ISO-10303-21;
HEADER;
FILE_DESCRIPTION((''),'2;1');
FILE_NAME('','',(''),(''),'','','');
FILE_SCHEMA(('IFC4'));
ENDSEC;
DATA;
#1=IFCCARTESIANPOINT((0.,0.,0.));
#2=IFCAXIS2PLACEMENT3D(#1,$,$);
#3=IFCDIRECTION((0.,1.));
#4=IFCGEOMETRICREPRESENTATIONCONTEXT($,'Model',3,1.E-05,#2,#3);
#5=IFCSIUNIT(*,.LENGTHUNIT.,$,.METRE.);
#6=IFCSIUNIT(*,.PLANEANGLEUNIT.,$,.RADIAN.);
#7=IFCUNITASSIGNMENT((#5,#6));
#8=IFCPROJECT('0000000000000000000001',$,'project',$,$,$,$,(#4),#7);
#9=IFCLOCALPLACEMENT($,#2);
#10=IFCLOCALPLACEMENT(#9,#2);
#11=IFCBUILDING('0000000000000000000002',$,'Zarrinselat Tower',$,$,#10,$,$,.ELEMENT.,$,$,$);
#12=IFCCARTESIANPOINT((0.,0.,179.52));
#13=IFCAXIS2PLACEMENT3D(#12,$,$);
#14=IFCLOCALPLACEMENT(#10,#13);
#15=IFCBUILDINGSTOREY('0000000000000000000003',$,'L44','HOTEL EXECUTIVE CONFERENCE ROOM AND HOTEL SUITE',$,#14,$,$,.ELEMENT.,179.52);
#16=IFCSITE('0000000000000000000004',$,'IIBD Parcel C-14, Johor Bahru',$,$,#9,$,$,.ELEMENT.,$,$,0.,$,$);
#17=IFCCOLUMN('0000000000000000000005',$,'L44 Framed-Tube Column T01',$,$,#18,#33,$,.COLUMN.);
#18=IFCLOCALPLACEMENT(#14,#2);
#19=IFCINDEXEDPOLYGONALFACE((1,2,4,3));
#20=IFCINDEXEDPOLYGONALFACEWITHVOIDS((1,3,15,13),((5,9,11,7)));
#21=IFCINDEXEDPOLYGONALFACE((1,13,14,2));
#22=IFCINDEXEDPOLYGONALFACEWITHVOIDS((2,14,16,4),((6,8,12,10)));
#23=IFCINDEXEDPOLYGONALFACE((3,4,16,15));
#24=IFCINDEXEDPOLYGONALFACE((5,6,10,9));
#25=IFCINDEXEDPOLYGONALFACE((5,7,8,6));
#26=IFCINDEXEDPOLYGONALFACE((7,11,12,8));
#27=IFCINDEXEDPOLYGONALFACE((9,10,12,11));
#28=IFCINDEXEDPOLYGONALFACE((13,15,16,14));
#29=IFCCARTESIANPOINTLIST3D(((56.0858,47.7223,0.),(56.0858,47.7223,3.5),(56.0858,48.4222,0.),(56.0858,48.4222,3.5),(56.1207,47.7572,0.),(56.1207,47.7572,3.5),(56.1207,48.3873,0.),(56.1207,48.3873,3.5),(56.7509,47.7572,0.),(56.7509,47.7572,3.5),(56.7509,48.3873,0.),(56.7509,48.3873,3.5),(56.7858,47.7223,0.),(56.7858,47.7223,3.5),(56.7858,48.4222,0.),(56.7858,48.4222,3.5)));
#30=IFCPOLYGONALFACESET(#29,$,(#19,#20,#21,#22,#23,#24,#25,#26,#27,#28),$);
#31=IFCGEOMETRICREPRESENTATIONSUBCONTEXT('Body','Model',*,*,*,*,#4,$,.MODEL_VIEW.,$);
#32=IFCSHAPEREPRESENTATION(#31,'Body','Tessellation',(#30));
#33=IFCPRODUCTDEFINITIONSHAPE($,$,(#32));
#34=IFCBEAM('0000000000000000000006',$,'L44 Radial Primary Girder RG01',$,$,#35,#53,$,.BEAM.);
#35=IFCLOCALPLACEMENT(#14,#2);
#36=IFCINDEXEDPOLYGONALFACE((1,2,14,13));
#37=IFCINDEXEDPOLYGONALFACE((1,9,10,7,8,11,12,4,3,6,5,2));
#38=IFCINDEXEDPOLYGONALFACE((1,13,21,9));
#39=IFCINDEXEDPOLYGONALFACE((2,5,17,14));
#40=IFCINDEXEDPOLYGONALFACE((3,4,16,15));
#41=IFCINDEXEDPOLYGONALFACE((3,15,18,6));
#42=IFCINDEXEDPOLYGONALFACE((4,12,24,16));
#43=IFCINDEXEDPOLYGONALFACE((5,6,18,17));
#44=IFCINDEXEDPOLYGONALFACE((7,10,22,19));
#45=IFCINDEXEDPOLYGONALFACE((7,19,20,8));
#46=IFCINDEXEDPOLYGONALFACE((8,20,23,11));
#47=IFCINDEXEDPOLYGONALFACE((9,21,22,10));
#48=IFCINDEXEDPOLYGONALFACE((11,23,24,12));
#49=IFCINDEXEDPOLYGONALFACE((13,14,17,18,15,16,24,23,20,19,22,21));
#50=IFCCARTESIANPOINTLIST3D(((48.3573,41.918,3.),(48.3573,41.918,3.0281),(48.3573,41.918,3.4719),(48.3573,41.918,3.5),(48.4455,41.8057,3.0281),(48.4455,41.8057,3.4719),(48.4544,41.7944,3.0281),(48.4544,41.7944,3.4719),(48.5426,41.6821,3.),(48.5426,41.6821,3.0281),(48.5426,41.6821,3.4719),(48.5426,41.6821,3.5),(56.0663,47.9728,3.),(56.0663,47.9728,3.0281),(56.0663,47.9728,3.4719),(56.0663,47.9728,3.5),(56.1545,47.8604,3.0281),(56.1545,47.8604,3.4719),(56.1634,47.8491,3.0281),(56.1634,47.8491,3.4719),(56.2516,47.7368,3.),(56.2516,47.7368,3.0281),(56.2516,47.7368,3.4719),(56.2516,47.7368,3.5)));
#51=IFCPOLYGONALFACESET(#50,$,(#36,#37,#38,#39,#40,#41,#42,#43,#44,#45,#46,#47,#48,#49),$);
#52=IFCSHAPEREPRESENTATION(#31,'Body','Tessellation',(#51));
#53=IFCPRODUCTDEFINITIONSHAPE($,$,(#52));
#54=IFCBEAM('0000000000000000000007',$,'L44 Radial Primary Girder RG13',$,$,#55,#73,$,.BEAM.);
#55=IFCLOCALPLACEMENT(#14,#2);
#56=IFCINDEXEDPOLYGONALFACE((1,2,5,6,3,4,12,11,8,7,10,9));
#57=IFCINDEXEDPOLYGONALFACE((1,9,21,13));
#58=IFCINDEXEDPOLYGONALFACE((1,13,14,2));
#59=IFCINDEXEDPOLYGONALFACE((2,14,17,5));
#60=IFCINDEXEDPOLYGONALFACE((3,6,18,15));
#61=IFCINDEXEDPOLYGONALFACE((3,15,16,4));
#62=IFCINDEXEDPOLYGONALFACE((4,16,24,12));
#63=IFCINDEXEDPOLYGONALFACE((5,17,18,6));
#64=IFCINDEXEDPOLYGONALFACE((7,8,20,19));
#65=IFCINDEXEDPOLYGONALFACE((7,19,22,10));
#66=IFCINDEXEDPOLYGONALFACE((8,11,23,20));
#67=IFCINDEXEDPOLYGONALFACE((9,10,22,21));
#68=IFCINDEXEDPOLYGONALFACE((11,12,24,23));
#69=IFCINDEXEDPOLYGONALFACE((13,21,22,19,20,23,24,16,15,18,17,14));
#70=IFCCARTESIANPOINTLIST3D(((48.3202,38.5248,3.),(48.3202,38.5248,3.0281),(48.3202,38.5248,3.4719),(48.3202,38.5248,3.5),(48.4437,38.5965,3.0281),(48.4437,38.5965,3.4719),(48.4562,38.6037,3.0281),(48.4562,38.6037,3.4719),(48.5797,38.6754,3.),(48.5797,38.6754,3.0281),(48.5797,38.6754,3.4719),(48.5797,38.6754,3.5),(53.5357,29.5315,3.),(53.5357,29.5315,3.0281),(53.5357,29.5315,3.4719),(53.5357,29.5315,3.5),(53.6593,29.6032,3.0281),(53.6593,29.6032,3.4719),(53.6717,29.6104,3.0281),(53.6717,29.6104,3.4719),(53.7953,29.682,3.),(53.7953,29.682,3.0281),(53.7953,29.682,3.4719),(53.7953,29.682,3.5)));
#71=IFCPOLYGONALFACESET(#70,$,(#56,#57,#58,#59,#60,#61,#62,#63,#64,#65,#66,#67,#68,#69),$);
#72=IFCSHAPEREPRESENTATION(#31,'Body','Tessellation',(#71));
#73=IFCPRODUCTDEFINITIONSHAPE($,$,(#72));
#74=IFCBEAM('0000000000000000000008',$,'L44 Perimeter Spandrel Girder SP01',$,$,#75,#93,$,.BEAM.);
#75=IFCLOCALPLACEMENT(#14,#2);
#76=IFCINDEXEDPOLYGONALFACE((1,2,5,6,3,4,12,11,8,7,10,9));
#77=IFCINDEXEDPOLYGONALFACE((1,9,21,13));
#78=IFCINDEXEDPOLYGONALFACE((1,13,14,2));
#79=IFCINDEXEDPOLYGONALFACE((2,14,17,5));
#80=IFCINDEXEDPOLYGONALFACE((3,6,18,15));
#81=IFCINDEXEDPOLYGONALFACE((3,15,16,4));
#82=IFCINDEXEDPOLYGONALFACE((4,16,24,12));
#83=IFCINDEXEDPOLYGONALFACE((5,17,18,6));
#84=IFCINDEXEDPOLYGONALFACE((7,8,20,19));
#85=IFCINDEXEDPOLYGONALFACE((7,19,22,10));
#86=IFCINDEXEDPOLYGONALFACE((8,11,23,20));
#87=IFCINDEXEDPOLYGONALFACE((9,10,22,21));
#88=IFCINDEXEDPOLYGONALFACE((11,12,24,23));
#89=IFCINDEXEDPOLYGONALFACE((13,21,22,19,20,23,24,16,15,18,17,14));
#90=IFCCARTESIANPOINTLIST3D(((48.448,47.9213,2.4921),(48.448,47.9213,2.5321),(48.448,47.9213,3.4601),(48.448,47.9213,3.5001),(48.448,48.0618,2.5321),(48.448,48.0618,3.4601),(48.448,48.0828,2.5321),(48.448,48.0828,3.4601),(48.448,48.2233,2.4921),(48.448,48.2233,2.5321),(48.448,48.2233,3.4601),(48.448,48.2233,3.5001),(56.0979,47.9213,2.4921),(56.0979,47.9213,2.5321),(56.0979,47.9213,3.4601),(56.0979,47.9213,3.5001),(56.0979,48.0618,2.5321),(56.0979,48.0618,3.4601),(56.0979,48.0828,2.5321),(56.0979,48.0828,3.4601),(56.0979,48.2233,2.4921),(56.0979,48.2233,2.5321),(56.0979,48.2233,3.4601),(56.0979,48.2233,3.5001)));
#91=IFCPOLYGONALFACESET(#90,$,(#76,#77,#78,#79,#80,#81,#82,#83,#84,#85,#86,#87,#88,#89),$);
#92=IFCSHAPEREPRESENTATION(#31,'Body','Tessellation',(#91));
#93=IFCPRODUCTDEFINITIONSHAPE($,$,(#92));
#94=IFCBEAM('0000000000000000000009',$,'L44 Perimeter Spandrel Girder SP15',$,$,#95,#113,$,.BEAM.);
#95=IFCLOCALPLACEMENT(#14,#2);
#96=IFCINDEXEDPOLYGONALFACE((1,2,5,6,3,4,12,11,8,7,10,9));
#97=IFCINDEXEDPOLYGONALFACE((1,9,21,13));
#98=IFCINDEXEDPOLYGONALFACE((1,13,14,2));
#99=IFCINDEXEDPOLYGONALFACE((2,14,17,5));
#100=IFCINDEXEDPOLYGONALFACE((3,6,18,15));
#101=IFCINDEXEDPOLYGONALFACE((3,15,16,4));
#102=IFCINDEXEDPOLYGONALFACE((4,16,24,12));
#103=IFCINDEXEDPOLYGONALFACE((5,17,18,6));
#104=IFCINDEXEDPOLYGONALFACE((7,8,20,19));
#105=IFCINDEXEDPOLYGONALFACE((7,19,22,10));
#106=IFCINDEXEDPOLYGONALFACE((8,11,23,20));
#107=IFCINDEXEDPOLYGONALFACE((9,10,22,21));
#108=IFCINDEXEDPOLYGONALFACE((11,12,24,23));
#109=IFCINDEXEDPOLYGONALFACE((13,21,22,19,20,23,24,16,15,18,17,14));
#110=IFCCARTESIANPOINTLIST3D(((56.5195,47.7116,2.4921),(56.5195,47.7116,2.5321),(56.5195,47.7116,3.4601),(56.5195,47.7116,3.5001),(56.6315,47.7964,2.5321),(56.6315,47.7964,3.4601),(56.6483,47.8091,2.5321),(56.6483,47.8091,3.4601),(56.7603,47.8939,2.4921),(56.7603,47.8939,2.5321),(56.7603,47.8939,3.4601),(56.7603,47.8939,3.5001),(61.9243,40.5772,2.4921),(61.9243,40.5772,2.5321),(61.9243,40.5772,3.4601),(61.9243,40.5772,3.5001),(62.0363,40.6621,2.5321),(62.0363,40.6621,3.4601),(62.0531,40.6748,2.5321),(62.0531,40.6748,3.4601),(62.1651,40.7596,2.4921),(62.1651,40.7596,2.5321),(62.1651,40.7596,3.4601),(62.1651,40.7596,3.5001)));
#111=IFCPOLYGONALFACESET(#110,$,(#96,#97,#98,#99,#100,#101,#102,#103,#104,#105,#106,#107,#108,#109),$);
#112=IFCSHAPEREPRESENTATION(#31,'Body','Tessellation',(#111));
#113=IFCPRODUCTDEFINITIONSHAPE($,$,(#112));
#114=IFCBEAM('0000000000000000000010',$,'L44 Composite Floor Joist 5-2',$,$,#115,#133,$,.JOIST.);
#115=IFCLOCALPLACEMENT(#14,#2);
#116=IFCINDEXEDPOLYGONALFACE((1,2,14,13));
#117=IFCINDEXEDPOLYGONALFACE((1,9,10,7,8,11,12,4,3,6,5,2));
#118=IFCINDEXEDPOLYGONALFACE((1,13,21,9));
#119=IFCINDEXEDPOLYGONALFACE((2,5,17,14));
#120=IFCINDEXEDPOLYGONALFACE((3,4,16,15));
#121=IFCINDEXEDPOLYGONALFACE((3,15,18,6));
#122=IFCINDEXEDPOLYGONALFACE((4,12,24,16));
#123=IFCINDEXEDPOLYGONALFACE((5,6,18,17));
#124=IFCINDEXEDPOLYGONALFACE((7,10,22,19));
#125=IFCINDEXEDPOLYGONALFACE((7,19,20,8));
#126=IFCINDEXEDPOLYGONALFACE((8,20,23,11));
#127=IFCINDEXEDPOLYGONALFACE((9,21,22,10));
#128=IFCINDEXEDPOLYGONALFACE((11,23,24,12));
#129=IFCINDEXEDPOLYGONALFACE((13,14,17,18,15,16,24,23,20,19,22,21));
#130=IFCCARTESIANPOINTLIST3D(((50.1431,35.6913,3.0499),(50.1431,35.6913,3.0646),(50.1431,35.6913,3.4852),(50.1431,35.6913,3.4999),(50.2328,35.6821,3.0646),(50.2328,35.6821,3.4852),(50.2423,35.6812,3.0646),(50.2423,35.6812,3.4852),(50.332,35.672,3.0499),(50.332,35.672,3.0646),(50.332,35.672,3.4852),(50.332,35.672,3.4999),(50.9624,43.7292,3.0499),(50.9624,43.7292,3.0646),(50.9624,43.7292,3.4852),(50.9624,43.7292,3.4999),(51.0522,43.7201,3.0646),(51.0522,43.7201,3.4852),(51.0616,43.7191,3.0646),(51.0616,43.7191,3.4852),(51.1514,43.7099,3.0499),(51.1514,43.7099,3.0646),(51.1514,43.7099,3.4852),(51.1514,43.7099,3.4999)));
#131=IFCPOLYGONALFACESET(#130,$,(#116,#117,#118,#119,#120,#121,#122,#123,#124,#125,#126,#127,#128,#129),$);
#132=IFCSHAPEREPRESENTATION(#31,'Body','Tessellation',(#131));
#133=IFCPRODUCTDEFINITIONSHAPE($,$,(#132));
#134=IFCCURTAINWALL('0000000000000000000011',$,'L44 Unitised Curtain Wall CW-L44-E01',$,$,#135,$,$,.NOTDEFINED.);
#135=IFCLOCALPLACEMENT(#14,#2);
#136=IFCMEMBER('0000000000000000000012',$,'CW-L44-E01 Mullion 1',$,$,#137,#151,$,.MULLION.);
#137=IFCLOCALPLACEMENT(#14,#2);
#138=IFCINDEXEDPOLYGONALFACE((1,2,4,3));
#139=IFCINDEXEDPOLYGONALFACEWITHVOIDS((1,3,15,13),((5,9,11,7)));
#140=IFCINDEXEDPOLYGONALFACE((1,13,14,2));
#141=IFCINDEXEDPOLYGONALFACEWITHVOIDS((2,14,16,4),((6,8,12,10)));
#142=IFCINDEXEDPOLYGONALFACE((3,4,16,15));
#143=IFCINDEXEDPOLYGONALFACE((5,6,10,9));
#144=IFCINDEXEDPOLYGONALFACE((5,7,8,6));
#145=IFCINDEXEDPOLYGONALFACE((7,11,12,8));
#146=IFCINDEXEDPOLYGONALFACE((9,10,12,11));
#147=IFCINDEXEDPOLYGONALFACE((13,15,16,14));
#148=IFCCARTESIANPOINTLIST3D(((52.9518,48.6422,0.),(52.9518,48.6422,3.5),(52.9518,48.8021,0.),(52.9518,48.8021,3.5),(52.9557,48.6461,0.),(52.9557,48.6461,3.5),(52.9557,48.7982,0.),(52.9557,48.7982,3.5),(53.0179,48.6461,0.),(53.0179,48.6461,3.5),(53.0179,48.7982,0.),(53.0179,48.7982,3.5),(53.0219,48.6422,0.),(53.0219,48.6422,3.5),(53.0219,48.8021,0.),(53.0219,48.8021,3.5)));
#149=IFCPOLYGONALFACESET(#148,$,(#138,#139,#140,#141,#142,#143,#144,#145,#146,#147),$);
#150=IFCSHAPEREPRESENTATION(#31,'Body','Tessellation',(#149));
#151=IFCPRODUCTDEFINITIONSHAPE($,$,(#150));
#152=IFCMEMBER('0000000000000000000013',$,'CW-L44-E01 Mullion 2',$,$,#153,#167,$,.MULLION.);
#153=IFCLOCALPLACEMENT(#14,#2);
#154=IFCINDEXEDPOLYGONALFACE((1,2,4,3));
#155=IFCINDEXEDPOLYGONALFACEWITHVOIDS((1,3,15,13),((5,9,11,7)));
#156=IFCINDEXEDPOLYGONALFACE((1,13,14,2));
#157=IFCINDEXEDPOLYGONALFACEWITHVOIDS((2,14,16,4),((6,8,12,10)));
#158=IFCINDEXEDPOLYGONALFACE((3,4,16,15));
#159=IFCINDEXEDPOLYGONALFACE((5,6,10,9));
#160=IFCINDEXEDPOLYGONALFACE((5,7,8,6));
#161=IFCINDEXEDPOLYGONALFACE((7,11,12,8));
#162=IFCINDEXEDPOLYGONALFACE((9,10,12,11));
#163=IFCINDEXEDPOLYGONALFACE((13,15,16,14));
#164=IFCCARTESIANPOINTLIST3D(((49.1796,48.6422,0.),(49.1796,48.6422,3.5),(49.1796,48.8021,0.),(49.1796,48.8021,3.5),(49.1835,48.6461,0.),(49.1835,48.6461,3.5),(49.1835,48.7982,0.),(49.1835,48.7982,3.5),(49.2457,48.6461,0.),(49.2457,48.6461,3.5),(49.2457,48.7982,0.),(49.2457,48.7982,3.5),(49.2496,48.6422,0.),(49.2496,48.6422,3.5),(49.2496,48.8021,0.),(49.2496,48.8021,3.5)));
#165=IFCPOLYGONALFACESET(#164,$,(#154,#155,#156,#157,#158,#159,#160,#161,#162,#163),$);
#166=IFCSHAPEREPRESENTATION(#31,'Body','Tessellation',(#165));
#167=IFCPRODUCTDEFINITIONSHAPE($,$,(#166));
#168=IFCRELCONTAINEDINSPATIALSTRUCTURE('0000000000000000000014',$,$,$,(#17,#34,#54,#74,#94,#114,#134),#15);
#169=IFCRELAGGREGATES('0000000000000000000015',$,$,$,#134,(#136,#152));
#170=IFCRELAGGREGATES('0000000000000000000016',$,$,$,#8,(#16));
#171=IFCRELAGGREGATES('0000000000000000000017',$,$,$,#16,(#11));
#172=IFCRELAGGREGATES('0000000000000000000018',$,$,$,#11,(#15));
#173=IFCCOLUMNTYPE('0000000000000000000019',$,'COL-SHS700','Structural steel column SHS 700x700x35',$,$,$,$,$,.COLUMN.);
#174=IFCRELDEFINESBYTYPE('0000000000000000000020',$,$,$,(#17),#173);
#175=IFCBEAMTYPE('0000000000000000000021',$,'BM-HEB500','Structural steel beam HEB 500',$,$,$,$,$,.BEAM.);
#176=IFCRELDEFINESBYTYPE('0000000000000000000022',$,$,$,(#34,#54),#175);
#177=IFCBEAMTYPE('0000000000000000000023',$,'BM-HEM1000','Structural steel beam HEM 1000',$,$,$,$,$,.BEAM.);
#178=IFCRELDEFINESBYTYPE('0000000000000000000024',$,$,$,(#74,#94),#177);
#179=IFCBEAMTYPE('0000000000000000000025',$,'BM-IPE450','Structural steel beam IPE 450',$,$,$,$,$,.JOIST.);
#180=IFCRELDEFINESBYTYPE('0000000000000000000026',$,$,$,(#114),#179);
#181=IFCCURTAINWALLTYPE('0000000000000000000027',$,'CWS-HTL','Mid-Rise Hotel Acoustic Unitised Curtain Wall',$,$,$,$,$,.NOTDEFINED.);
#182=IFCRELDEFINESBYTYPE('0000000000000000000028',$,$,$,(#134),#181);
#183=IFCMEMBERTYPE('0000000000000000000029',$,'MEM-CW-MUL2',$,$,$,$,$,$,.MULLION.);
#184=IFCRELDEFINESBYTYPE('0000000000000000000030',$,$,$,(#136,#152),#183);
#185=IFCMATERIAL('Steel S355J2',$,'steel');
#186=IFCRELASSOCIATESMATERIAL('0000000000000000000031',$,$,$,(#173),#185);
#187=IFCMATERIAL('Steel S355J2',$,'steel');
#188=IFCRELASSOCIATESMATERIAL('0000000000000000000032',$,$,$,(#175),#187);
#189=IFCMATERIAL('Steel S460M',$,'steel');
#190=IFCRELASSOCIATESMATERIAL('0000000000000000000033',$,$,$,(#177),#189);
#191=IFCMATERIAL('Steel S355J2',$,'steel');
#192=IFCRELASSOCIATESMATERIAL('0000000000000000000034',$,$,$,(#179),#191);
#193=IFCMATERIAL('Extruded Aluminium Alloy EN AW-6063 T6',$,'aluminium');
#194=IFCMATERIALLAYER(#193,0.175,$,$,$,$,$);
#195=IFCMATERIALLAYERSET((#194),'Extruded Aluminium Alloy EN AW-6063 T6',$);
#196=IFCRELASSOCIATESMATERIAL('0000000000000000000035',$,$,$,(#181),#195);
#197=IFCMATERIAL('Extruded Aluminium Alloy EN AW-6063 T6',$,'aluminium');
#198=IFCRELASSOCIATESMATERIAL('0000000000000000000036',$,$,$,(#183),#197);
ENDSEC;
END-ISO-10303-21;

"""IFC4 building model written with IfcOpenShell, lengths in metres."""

from ifc_helpers import new_model, si_unit, direction, frame, origin, origin_2d, place, context, subcontext, project, spatial, hollow_rectangle, i_section, extrude, material, layer, layer_set, material_profile, profile_set, type_object, element, aggregate, save


model = new_model("IFC4")

# Units and contexts
model_context = context("Model", 3, precision=1e-05, world=origin(), true_north=direction((0.0, 1.0)))
body_context = subcontext(model_context, "Body", "Model", "MODEL_VIEW")
ifc_project = project(units=[si_unit("LENGTHUNIT", "METRE"), si_unit("PLANEANGLEUNIT", "RADIAN")], contexts=[model_context])

# Site, building, storey
site_placement = place(None, origin())
site = spatial("IfcSite", under=ifc_project, at=site_placement, Name="IIBD Parcel C-14, Johor Bahru", CompositionType="ELEMENT", RefElevation=0.0)
building_placement = place(site_placement, origin())
building = spatial("IfcBuilding", under=site, at=building_placement, Name="Zarrinselat Tower", CompositionType="ELEMENT")
storey_placement = place(building_placement, frame((0.0, 0.0, 179.52)))
storey = spatial("IfcBuildingStorey", under=building, at=storey_placement, Name="L44", Description="HOTEL EXECUTIVE CONFERENCE ROOM AND HOTEL SUITE", CompositionType="ELEMENT", Elevation=179.52)

# Column
ifc_material_1 = material(Name="Steel S355J2", Category="steel")
ifc_material_profile_1 = material_profile(ifc_material_1, hollow_rectangle(XDim=0.7, YDim=0.7, WallThickness=0.0349, at=origin_2d()), Name="SHS 700x700x35")
ifc_profile_set_1 = profile_set([ifc_material_profile_1], Name="Steel S355J2")
column_type = type_object("IfcColumnType", Name="COL-SHS700", Description="Structural steel column SHS 700x700x35", PredefinedType="COLUMN", material=ifc_profile_set_1)
column_placement = place(storey_placement, frame((56.4358, 48.0723, 0.0), z_axis=(0.0, 0.0, 1.0), x_axis=(1.0, 0.0, 0.0)))
element("IfcColumn", 1, at=column_placement, inside=storey, type_object=column_type, Name="L44 Framed-Tube Column T01", PredefinedType="COLUMN", context=body_context, shape_type="SweptSolid", body=[
    extrude(hollow_rectangle(XDim=0.7, YDim=0.7, WallThickness=0.0349, at=origin_2d()), origin(), (0.0, 0.0, 1.0), 3.5),
])

# Beams
ifc_material_2 = material(Name="Steel S355J2", Category="steel")
ifc_material_profile_2 = material_profile(ifc_material_2, i_section(OverallWidth=0.3, OverallDepth=0.5, WebThickness=0.0144, FlangeThickness=0.0281, at=origin_2d()), Name="HEB 500")
ifc_profile_set_2 = profile_set([ifc_material_profile_2], Name="Steel S355J2")
beam_type_1 = type_object("IfcBeamType", Name="BM-HEB500", Description="Structural steel beam HEB 500", PredefinedType="BEAM", material=ifc_profile_set_2)
beam_1_placement = place(storey_placement, frame((48.45, 41.8, 3.25), z_axis=(0.786436, 0.617672, 0.0), x_axis=(-0.617672, 0.786436, 0.0)))
element("IfcBeam", 2, at=beam_1_placement, inside=storey, type_object=beam_type_1, Name="L44 Radial Primary Girder RG01", PredefinedType="BEAM", context=body_context, shape_type="SweptSolid", body=[
    extrude(i_section(OverallWidth=0.3, OverallDepth=0.5, WebThickness=0.0144, FlangeThickness=0.0281, at=origin_2d()), origin(), (0.0, 0.0, 1.0), 9.8025),
])
beam_2_placement = place(storey_placement, frame((48.45, 38.6001, 3.25), z_axis=(0.501675, -0.865056, 0.0), x_axis=(0.865056, 0.501675, 0.0)))
element("IfcBeam", 3, at=beam_2_placement, inside=storey, type_object=beam_type_1, Name="L44 Radial Primary Girder RG13", PredefinedType="BEAM", context=body_context, shape_type="SweptSolid", body=[
    extrude(i_section(OverallWidth=0.3, OverallDepth=0.5, WebThickness=0.0144, FlangeThickness=0.0281, at=origin_2d()), origin(), (0.0, 0.0, 1.0), 10.3962),
])
ifc_material_3 = material(Name="Steel S460M", Category="steel")
ifc_material_profile_3 = material_profile(ifc_material_3, i_section(OverallWidth=0.302, OverallDepth=1.0081, WebThickness=0.021, FlangeThickness=0.04, at=origin_2d()), Name="HEM 1000")
ifc_profile_set_3 = profile_set([ifc_material_profile_3], Name="Steel S460M")
beam_type_2 = type_object("IfcBeamType", Name="BM-HEM1000", Description="Structural steel beam HEM 1000", PredefinedType="BEAM", material=ifc_profile_set_3)
beam_3_placement = place(storey_placement, frame((48.448, 48.0723, 2.9961), z_axis=(1.0, 0.0, 0.0), x_axis=(0.0, 1.0, 0.0)))
element("IfcBeam", 4, at=beam_3_placement, inside=storey, type_object=beam_type_2, Name="L44 Perimeter Spandrel Girder SP01", PredefinedType="BEAM", context=body_context, shape_type="SweptSolid", body=[
    extrude(i_section(OverallWidth=0.302, OverallDepth=1.0081, WebThickness=0.021, FlangeThickness=0.04, at=origin_2d()), origin(), (0.0, 0.0, 1.0), 7.6499),
])
beam_4_placement = place(storey_placement, frame((56.6399, 47.8027, 2.9961), z_axis=(0.60386, -0.797091, 0.0), x_axis=(0.797091, 0.60386, 0.0)))
element("IfcBeam", 5, at=beam_4_placement, inside=storey, type_object=beam_type_2, Name="L44 Perimeter Spandrel Girder SP15", PredefinedType="BEAM", context=body_context, shape_type="SweptSolid", body=[
    extrude(i_section(OverallWidth=0.302, OverallDepth=1.0081, WebThickness=0.021, FlangeThickness=0.04, at=origin_2d()), origin(), (0.0, 0.0, 1.0), 8.9504),
])
ifc_material_4 = material(Name="Steel S355J2", Category="steel")
ifc_material_profile_4 = material_profile(ifc_material_4, i_section(OverallWidth=0.1899, OverallDepth=0.45, WebThickness=0.0095, FlangeThickness=0.0146, at=origin_2d()), Name="IPE 450")
ifc_profile_set_4 = profile_set([ifc_material_profile_4], Name="Steel S355J2")
beam_type_3 = type_object("IfcBeamType", Name="BM-IPE450", Description="Structural steel beam IPE 450", PredefinedType="JOIST", material=ifc_profile_set_4)
beam_5_placement = place(storey_placement, frame((50.2375, 35.6816, 3.2749), z_axis=(0.101409, 0.994845, 0.0), x_axis=(-0.994845, 0.101409, 0.0)))
element("IfcBeam", 6, at=beam_5_placement, inside=storey, type_object=beam_type_3, Name="L44 Composite Floor Joist 5-2", PredefinedType="JOIST", context=body_context, shape_type="SweptSolid", body=[
    extrude(i_section(OverallWidth=0.1899, OverallDepth=0.45, WebThickness=0.0095, FlangeThickness=0.0146, at=origin_2d()), origin(), (0.0, 0.0, 1.0), 8.0796),
])

# Curtain wall, members
ifc_material_5 = material(Name="Extruded Aluminium Alloy EN AW-6063 T6", Category="aluminium")
ifc_layer_1 = layer(ifc_material_5, 0.175)
ifc_layer_set_1 = layer_set([ifc_layer_1], Name="Extruded Aluminium Alloy EN AW-6063 T6")
curtain_wall_type = type_object("IfcCurtainWallType", Name="CWS-HTL", Description="Mid-Rise Hotel Acoustic Unitised Curtain Wall", PredefinedType="NOTDEFINED", material=ifc_layer_set_1)
curtain_wall_placement = place(storey_placement, origin())
curtain_wall = element("IfcCurtainWall", 7, at=curtain_wall_placement, inside=storey, type_object=curtain_wall_type, Name="L44 Unitised Curtain Wall CW-L44-E01", PredefinedType="NOTDEFINED")
ifc_material_6 = material(Name="Extruded Aluminium Alloy EN AW-6063 T6", Category="aluminium")
ifc_material_profile_5 = material_profile(ifc_material_6, hollow_rectangle(XDim=0.0701, YDim=0.1599, WallThickness=0.0039, at=origin_2d()), Name="RHS 160x70x4")
ifc_profile_set_5 = profile_set([ifc_material_profile_5], Name="Extruded Aluminium Alloy EN AW-6063 T6")
member_type_1 = type_object("IfcMemberType", Name="MEM-CW-MUL2", PredefinedType="MULLION", material=ifc_profile_set_5)
member_1_placement = place(storey_placement, frame((52.9868, 48.7222, 0.0), z_axis=(0.0, 0.0, 1.0), x_axis=(-1.0, 0.0, 0.0)))
member_1 = element("IfcMember", 8, at=member_1_placement, type_object=member_type_1, Name="CW-L44-E01 Mullion 1", PredefinedType="MULLION", context=body_context, shape_type="SweptSolid", body=[
    extrude(hollow_rectangle(XDim=0.0701, YDim=0.1599, WallThickness=0.0039, at=origin_2d()), origin(), (0.0, 0.0, 1.0), 3.5),
])
member_2_placement = place(storey_placement, frame((49.2146, 48.7222, 0.0), z_axis=(0.0, 0.0, 1.0), x_axis=(-1.0, 0.0, 0.0)))
member_2 = element("IfcMember", 9, at=member_2_placement, type_object=member_type_1, Name="CW-L44-E01 Mullion 2", PredefinedType="MULLION", context=body_context, shape_type="SweptSolid", body=[
    extrude(hollow_rectangle(XDim=0.0701, YDim=0.1599, WallThickness=0.0039, at=origin_2d()), origin(), (0.0, 0.0, 1.0), 3.5),
])
aggregate(curtain_wall, [member_1, member_2])

save(model, "model.ifc")
